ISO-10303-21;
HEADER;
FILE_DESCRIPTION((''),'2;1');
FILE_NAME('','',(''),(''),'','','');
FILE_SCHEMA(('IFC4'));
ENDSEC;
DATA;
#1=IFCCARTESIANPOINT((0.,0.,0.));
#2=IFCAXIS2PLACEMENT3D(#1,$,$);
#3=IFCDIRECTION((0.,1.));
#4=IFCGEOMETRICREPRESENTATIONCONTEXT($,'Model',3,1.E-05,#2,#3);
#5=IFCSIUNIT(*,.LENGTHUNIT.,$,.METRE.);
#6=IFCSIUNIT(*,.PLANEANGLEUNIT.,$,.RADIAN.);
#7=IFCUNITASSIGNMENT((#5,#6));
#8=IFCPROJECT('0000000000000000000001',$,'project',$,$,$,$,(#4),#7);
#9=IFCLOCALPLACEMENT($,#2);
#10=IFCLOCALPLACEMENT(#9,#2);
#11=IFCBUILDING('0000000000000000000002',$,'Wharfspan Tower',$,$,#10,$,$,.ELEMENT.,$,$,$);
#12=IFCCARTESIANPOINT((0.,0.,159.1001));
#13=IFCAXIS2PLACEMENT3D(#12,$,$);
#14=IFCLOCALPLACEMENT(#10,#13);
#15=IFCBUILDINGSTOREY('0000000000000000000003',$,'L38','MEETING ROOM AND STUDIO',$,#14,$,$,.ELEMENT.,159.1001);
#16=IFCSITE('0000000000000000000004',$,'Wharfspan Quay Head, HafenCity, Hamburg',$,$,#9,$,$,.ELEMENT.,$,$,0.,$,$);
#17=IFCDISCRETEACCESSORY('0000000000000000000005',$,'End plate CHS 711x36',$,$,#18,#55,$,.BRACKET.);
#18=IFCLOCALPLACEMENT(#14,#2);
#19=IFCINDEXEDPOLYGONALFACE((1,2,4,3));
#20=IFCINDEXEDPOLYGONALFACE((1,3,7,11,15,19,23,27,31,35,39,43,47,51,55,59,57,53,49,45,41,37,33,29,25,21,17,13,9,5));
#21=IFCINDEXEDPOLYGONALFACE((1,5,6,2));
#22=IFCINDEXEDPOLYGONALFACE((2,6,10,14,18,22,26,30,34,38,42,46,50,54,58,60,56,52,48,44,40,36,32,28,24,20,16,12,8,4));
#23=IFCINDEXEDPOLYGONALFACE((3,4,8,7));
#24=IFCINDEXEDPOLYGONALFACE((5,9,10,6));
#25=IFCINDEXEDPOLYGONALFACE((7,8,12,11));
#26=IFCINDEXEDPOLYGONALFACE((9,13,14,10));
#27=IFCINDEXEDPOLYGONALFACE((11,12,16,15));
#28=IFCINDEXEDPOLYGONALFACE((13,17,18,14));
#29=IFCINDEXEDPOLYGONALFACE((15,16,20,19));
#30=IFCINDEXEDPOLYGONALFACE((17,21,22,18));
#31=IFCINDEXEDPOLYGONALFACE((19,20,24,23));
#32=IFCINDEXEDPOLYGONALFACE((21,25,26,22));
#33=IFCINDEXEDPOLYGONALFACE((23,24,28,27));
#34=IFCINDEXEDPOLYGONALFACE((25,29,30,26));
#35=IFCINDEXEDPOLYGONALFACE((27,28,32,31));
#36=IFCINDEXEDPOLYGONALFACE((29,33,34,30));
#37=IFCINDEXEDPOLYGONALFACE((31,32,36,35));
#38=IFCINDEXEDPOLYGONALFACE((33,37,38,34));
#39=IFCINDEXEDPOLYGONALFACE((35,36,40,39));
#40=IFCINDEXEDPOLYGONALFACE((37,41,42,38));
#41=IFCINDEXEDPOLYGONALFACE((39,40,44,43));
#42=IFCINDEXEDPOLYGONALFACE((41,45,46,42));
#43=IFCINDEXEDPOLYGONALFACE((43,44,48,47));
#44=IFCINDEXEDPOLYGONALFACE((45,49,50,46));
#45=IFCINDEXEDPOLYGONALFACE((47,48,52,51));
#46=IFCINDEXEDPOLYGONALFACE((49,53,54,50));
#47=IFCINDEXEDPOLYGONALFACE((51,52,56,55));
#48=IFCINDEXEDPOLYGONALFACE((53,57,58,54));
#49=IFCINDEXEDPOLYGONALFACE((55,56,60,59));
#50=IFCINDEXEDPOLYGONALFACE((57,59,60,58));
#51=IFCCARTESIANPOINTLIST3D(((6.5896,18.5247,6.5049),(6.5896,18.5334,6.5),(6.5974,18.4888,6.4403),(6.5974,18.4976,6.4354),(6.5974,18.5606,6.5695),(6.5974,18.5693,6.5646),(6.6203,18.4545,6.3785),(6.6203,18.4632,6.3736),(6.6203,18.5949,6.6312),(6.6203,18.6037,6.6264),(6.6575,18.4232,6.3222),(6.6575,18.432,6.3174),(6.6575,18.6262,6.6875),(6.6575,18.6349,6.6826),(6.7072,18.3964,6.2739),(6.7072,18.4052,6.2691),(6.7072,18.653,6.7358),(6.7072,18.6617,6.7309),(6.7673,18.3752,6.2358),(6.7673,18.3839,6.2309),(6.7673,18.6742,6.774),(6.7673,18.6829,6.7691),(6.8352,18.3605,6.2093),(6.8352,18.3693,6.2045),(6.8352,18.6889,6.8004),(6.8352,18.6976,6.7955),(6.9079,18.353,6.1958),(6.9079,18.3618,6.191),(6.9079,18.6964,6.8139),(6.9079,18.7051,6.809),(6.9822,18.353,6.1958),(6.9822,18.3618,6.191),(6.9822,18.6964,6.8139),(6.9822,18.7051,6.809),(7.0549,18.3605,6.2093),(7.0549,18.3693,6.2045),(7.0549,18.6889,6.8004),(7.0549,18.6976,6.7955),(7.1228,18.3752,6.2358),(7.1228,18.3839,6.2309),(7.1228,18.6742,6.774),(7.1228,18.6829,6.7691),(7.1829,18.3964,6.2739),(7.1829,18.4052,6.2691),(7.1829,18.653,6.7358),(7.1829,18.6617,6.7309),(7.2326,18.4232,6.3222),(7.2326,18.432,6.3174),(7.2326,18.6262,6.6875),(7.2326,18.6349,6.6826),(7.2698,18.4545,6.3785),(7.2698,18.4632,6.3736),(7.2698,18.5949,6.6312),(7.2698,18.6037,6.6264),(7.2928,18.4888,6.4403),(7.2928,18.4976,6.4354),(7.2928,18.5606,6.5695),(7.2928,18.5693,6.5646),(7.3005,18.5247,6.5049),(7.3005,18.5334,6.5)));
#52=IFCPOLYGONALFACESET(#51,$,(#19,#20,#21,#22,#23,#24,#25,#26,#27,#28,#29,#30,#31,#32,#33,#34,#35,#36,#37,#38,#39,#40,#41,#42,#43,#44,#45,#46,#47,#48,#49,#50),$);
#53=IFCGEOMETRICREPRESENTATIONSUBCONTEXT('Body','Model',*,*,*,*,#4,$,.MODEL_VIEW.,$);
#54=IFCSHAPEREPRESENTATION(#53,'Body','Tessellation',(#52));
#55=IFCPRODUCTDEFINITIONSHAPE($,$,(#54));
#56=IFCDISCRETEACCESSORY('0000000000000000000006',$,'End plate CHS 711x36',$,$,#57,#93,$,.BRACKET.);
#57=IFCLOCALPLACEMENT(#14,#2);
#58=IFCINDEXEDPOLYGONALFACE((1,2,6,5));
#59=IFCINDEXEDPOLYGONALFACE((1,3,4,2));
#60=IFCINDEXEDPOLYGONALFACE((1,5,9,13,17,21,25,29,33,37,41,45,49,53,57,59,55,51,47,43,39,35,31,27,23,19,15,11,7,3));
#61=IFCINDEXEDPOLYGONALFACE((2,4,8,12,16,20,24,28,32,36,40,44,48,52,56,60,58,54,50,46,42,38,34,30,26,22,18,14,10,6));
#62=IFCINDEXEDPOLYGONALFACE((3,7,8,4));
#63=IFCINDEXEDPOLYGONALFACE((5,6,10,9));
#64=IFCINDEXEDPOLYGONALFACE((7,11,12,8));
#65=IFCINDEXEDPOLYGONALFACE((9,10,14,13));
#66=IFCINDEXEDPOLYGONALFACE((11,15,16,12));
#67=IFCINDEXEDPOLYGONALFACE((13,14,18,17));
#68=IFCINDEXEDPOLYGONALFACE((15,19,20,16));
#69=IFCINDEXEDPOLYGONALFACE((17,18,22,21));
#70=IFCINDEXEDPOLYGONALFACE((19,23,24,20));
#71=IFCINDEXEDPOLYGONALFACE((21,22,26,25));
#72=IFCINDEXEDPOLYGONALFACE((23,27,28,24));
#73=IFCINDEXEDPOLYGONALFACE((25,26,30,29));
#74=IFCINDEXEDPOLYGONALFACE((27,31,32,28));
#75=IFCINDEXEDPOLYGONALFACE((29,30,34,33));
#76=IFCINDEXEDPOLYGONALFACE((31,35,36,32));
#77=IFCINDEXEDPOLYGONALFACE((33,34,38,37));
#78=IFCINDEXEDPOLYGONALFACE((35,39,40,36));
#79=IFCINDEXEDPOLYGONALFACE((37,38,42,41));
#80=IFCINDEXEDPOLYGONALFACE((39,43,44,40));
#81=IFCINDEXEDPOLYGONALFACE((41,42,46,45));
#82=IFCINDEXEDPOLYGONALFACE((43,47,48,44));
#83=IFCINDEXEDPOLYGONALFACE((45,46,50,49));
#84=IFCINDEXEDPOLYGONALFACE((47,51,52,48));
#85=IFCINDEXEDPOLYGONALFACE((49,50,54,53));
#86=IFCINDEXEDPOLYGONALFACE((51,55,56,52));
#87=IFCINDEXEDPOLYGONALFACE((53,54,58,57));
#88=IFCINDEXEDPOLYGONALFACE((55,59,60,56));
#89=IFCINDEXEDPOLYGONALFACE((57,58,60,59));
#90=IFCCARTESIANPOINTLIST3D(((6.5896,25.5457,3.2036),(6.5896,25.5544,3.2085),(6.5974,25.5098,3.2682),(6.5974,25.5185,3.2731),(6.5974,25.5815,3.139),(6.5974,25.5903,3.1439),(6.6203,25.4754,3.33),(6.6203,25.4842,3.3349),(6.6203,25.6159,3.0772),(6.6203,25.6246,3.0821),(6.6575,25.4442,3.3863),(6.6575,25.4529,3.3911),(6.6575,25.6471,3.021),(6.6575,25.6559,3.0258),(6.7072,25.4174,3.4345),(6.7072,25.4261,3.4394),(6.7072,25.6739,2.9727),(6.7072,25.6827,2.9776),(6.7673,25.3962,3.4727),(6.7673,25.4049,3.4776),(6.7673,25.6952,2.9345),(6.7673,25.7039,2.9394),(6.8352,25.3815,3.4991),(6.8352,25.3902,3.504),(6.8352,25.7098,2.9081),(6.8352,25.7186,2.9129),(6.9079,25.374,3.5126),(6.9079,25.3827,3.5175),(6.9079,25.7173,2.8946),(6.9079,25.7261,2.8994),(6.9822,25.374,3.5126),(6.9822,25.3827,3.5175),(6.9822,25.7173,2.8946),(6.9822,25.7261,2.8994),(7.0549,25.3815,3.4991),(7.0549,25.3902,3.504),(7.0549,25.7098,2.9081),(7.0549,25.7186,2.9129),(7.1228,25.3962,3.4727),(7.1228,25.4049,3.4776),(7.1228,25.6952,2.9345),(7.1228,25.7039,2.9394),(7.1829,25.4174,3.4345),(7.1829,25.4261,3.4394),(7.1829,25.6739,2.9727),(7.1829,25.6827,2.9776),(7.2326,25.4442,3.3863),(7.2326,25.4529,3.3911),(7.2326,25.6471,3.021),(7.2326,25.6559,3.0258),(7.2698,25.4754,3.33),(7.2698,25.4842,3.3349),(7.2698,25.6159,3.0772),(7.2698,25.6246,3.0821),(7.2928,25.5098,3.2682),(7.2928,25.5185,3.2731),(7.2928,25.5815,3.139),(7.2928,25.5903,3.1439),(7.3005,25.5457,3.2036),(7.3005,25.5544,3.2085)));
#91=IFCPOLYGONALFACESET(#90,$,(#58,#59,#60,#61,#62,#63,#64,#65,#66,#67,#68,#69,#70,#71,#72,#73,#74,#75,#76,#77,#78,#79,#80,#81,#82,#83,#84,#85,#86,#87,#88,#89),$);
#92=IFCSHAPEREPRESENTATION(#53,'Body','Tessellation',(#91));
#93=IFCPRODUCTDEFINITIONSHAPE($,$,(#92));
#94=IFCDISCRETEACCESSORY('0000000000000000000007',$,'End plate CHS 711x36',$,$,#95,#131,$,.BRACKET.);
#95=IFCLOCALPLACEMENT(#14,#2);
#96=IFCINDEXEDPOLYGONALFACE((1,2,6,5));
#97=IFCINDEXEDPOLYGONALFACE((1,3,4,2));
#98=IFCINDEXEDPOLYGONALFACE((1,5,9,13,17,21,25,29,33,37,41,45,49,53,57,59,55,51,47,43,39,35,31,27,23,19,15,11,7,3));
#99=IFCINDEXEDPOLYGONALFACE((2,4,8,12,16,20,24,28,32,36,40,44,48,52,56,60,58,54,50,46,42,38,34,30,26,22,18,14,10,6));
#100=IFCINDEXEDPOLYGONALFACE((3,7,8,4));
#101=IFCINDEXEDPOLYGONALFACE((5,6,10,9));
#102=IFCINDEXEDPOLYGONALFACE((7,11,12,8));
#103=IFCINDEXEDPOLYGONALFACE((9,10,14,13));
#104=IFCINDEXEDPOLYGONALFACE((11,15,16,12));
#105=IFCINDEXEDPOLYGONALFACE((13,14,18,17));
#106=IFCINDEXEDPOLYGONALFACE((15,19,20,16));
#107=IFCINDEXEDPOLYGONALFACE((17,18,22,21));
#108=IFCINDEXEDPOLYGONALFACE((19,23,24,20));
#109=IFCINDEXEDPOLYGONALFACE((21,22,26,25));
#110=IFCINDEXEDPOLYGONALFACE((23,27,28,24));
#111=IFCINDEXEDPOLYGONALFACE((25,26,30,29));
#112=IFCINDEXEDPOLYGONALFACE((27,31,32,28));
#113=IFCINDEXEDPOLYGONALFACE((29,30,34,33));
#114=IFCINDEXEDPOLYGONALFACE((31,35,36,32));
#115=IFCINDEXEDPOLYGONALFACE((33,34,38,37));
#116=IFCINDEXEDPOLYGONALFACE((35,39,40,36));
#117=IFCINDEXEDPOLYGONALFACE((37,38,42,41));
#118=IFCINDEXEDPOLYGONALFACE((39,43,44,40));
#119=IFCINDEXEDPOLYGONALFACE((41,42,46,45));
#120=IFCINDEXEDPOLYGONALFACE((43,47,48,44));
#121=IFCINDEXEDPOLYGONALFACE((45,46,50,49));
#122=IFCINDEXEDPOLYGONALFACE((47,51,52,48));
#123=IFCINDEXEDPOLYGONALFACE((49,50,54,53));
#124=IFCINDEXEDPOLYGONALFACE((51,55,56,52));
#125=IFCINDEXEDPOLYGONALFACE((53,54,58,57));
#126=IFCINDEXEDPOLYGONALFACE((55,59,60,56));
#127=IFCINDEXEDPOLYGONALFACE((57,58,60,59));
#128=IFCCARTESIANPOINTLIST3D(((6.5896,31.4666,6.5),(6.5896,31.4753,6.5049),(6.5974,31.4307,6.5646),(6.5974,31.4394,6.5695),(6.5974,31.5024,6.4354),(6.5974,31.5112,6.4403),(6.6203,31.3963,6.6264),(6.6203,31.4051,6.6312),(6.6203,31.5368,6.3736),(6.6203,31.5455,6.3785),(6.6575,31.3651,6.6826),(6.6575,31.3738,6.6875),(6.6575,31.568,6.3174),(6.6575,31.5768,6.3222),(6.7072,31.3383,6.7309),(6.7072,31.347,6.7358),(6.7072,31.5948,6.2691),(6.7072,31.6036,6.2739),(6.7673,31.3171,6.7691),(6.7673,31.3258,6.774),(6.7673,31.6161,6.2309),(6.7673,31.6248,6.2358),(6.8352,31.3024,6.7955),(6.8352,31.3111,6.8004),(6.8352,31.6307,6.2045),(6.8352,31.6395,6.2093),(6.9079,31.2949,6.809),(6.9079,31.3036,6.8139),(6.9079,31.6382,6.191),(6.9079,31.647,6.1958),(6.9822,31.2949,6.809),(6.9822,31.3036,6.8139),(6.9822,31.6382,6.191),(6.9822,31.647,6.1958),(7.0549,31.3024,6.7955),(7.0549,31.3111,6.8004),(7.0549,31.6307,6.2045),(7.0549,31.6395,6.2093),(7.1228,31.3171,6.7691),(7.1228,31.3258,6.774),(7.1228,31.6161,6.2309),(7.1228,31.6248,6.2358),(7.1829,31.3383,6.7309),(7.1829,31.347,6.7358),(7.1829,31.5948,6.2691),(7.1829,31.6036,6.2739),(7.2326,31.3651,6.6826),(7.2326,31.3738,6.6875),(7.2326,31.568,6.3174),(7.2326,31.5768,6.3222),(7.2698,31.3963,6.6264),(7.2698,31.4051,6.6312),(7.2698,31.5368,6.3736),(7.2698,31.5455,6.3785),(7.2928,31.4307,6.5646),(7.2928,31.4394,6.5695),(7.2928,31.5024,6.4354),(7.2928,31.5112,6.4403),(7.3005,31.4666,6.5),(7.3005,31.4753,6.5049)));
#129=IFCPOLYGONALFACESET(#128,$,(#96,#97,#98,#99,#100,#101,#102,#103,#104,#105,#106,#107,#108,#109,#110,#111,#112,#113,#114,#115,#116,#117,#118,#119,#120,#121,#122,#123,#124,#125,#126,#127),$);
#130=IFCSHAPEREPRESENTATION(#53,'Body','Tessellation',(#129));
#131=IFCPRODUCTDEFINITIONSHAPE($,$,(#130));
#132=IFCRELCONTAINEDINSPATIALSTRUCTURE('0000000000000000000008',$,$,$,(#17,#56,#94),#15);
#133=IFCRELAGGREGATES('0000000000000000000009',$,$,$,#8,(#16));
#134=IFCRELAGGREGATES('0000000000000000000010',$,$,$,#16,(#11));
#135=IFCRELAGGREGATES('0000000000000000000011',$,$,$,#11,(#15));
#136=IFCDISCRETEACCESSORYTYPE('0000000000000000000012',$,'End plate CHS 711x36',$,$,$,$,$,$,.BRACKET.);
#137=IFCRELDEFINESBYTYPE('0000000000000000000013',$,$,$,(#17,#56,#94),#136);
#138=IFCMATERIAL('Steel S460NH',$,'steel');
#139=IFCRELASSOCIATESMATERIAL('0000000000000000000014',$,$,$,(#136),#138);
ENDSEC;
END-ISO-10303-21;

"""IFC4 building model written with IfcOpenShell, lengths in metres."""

from ifc_helpers import new_model, si_unit, direction, frame, origin, origin_2d, place, context, subcontext, project, spatial, circle, extrude, material, material_profile, profile_set, type_object, element, save


model = new_model("IFC4")

# Units and contexts
model_context = context("Model", 3, precision=1e-05, world=origin(), true_north=direction((0.0, 1.0)))
body_context = subcontext(model_context, "Body", "Model", "MODEL_VIEW")
ifc_project = project(units=[si_unit("LENGTHUNIT", "METRE"), si_unit("PLANEANGLEUNIT", "RADIAN")], contexts=[model_context])

# Site, building, storey
site_placement = place(None, origin())
site = spatial("IfcSite", under=ifc_project, at=site_placement, Name="Wharfspan Quay Head, HafenCity, Hamburg", CompositionType="ELEMENT", RefElevation=0.0)
building_placement = place(site_placement, origin())
building = spatial("IfcBuilding", under=site, at=building_placement, Name="Wharfspan Tower", CompositionType="ELEMENT")
storey_placement = place(building_placement, frame((0.0, 0.0, 159.1001)))
storey = spatial("IfcBuildingStorey", under=building, at=storey_placement, Name="L38", Description="MEETING ROOM AND STUDIO", CompositionType="ELEMENT", Elevation=159.1001)

# Shared definitions
ifc_material_1 = material(Name="Steel S460NH", Category="steel")

# Discrete accessories
ifc_material_profile_1 = material_profile(ifc_material_1, circle(Radius=0.3555, at=origin_2d()))
ifc_profile_set_1 = profile_set([ifc_material_profile_1], Name="Steel S460NH")
discrete_accessory_type = type_object("IfcDiscreteAccessoryType", Name="End plate CHS 711x36", PredefinedType="BRACKET", material=ifc_profile_set_1)
for number, where, z_axis, x_axis, name in (
    (1, (6.9451, 18.5334, 6.5), (0.0, -0.874157, 0.485643), (1.0, 0.0, 0.0), "End plate CHS 711x36"),
    (2, (6.9451, 25.5457, 3.2036), (0.0, 0.874157, 0.485643), (-1.0, 0.0, 0.0), "End plate CHS 711x36"),
    (3, (6.9451, 31.4666, 6.5), (0.0, 0.874157, 0.485643), (-1.0, 0.0, 0.0), "End plate CHS 711x36"),
):
    element("IfcDiscreteAccessory", number, at=place(storey_placement, frame(where, z_axis=z_axis, x_axis=x_axis)), inside=storey, type_object=discrete_accessory_type, Name=name, PredefinedType="BRACKET", context=body_context, shape_type="SweptSolid", body=[
        extrude(circle(Radius=0.3555, at=origin_2d()), origin(), (0.0, 0.0, 1.0), 0.01),
    ])

save(model, "model.ifc")
